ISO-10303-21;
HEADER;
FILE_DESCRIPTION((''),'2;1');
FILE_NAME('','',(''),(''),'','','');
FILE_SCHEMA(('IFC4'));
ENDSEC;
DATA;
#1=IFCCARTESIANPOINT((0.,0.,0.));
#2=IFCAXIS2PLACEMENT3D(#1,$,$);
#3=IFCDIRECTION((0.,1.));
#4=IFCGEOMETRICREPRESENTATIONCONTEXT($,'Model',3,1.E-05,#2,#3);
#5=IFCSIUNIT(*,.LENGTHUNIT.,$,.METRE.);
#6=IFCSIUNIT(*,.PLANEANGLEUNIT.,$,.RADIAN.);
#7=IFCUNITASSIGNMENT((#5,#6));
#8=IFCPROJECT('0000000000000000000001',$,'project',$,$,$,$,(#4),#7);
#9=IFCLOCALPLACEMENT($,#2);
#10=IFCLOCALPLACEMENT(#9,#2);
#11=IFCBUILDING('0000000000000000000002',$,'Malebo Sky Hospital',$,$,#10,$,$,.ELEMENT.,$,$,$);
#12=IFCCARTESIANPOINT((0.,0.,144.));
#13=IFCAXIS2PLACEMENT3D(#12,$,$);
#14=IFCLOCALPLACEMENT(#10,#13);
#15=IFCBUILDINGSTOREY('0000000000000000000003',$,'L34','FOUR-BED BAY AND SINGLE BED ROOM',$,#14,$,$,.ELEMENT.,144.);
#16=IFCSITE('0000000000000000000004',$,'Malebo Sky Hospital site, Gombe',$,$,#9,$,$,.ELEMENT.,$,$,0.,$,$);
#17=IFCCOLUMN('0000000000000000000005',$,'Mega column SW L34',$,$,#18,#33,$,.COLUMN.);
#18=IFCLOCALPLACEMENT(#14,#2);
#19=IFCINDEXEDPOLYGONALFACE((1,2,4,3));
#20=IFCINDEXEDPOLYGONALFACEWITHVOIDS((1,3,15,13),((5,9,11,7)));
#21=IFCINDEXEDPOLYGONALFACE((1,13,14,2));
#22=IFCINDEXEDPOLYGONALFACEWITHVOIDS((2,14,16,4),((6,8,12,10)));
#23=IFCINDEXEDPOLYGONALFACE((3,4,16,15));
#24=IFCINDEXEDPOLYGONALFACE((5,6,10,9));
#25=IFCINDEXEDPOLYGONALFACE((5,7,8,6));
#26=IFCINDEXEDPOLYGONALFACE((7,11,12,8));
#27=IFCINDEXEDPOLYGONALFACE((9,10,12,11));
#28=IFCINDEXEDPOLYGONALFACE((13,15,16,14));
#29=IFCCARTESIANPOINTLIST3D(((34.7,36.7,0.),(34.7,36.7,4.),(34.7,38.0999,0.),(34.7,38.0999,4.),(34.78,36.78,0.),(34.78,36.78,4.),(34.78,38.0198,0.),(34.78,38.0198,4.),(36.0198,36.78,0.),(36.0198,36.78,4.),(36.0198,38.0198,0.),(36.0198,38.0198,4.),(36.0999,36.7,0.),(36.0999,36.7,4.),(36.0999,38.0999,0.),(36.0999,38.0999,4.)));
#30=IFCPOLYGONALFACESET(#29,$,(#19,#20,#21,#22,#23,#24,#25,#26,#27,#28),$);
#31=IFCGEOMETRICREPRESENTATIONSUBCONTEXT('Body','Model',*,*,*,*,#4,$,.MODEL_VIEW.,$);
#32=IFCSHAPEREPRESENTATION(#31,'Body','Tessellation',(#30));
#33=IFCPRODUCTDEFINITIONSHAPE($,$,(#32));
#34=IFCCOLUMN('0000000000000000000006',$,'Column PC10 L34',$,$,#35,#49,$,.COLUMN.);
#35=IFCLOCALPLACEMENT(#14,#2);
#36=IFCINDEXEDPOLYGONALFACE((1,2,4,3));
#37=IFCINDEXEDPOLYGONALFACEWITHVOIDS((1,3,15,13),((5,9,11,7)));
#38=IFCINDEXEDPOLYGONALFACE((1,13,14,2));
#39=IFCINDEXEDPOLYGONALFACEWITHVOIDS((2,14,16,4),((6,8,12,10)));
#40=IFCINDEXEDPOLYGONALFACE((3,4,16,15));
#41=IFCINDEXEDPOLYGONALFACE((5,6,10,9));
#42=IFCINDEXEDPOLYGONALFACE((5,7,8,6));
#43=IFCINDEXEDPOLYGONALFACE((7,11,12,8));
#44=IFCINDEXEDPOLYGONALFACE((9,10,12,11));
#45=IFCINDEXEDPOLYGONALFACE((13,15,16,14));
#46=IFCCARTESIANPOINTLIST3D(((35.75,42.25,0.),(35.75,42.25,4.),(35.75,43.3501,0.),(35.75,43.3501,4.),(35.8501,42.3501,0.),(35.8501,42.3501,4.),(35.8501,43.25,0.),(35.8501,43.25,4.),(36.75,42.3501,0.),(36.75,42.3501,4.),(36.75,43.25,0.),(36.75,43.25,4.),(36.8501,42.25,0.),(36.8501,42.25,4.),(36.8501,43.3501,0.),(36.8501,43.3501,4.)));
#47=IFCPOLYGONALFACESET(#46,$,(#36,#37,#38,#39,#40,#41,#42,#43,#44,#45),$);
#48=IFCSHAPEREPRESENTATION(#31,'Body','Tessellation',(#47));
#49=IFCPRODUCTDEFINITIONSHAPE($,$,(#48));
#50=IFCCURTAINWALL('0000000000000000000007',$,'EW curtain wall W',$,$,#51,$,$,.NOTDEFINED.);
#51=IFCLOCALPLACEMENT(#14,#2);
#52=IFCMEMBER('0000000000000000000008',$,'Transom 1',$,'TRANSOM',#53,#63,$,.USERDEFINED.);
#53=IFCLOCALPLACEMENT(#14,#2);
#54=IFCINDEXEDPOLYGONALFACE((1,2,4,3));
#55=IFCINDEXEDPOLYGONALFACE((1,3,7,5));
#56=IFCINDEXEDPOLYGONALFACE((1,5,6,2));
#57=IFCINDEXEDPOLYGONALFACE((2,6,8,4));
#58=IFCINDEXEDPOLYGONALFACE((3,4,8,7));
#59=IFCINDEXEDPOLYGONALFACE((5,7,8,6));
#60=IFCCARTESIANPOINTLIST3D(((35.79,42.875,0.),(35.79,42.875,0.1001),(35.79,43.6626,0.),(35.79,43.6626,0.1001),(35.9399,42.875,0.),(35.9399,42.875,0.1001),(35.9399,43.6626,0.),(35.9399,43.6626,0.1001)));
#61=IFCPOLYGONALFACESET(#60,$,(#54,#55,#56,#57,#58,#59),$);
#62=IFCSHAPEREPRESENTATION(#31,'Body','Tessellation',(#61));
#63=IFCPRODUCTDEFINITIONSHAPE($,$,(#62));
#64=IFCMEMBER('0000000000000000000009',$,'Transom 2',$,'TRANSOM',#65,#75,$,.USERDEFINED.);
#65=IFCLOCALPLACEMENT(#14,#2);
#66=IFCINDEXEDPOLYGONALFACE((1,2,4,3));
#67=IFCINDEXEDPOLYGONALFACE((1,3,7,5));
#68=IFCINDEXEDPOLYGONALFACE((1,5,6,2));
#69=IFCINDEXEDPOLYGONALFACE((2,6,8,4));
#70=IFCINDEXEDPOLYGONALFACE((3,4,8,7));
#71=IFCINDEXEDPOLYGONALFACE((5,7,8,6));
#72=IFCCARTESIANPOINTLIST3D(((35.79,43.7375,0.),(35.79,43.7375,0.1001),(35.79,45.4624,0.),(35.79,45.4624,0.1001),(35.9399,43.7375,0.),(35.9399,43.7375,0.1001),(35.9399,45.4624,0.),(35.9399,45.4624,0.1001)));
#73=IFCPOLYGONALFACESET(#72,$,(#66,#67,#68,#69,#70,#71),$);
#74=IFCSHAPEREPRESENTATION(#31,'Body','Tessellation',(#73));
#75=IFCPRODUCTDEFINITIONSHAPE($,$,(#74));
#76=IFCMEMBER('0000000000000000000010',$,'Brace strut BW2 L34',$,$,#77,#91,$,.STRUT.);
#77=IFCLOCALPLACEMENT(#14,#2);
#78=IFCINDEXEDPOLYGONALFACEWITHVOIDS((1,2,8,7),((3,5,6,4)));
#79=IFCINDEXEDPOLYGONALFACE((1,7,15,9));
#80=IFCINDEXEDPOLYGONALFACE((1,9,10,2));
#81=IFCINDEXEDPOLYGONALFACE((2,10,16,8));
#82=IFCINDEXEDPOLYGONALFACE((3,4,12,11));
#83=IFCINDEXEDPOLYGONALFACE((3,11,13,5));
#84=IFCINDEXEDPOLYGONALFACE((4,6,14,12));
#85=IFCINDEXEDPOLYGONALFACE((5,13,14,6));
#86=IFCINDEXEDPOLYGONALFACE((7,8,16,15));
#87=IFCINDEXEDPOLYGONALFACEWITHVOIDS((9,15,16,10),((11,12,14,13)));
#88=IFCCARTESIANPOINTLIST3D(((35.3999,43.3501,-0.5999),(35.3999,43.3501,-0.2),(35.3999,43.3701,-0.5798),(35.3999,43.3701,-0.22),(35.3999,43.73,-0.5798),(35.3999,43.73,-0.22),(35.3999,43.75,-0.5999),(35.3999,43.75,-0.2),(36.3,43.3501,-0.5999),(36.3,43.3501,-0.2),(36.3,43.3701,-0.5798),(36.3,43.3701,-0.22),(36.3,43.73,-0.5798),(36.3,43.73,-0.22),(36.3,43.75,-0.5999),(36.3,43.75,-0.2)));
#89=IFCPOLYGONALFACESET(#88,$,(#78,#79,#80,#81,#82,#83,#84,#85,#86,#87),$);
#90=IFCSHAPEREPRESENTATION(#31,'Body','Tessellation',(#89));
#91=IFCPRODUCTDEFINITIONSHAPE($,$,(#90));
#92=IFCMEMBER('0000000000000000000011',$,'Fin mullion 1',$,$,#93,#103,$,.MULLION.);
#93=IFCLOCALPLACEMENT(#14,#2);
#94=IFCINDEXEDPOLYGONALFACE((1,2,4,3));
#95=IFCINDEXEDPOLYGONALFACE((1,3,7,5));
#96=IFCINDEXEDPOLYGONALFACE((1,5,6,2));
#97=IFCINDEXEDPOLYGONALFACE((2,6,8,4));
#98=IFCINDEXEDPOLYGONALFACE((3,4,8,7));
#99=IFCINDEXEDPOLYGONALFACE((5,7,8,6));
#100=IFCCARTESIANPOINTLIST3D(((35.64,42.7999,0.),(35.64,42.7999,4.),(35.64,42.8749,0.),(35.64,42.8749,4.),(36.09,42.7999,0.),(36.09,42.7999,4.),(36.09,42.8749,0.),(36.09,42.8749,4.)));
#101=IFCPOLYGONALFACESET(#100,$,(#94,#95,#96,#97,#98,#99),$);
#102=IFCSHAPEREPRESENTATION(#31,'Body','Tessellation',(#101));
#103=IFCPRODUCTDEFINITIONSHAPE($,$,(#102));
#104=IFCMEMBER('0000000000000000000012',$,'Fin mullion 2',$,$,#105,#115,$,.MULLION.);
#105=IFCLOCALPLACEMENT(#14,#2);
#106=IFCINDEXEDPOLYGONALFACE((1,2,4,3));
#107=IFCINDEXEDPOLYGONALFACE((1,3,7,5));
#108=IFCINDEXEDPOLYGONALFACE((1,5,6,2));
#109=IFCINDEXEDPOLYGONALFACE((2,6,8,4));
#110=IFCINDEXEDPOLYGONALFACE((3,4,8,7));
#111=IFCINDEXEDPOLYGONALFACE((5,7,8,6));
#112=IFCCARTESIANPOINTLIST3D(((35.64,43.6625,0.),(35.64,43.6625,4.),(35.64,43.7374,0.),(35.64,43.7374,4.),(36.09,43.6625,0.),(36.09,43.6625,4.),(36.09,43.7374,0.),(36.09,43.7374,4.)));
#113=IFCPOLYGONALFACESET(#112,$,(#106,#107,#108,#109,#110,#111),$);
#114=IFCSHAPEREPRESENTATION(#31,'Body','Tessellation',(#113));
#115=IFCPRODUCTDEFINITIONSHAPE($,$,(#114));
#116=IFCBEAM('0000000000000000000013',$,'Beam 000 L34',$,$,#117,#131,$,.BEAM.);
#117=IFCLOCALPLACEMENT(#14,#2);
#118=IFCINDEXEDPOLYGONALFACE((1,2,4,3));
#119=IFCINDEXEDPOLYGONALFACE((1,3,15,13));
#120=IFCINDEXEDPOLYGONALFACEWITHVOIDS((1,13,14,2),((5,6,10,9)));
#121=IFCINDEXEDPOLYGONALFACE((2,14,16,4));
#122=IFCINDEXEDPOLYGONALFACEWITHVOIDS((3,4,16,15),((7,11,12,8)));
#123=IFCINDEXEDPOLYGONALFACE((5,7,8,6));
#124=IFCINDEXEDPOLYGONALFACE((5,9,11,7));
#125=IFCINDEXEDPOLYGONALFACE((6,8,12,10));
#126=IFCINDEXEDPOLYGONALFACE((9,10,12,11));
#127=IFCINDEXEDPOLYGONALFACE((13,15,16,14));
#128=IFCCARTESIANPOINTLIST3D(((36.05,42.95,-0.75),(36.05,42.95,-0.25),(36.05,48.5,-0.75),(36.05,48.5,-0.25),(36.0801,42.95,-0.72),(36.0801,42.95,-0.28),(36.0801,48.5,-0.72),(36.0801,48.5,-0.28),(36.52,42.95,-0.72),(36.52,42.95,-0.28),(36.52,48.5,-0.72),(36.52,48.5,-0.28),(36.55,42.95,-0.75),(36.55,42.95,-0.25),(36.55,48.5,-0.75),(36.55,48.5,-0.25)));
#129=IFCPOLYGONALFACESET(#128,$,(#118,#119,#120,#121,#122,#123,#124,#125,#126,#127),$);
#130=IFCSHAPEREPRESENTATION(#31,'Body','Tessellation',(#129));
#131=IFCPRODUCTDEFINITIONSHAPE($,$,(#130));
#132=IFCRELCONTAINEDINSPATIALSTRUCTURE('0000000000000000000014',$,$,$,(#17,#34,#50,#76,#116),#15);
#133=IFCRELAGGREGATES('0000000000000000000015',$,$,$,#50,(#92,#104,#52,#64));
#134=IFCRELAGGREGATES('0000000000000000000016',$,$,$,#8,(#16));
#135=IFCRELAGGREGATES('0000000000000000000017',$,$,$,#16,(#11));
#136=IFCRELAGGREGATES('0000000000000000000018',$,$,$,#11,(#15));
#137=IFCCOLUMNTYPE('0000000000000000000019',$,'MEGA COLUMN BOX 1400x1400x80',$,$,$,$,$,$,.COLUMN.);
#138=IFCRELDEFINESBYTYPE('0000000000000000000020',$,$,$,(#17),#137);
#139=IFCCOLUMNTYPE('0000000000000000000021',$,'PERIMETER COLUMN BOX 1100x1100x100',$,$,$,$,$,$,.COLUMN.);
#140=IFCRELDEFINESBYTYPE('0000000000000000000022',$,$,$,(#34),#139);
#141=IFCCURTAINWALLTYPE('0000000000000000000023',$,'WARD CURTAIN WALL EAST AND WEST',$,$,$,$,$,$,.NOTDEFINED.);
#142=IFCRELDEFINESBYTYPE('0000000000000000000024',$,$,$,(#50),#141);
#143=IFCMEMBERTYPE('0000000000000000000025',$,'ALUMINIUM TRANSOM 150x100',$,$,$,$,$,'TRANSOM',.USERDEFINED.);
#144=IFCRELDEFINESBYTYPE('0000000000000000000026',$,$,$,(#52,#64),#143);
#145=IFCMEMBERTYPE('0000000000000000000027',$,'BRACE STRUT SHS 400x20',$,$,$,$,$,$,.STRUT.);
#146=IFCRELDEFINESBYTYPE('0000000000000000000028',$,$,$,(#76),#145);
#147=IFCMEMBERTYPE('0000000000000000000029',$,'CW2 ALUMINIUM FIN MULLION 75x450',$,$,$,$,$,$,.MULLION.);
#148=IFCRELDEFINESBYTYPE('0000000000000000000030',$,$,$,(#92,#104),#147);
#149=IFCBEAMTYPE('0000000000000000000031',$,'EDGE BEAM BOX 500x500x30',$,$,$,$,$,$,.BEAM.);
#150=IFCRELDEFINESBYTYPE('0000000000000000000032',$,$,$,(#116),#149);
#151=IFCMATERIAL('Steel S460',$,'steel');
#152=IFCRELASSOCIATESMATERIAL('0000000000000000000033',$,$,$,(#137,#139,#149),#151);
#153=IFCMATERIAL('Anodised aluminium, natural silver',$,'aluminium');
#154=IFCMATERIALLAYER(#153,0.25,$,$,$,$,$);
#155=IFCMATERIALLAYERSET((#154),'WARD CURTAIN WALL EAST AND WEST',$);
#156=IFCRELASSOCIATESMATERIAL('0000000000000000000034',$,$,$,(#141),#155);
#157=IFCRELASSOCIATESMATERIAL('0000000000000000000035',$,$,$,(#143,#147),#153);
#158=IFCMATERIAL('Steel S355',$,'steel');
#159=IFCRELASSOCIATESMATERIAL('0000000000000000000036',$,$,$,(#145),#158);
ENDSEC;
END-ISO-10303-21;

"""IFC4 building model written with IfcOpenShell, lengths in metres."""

from ifc_helpers import new_model, si_unit, direction, frame, origin, origin_2d, place, context, subcontext, project, spatial, rectangle, hollow_rectangle, extrude, material, layer, layer_set, material_profile, profile_set, type_object, element, aggregate, save


model = new_model("IFC4")

# Units and contexts
model_context = context("Model", 3, precision=1e-05, world=origin(), true_north=direction((0.0, 1.0)))
body_context = subcontext(model_context, "Body", "Model", "MODEL_VIEW")
ifc_project = project(units=[si_unit("LENGTHUNIT", "METRE"), si_unit("PLANEANGLEUNIT", "RADIAN")], contexts=[model_context])

# Site, building, storey
site_placement = place(None, origin())
site = spatial("IfcSite", under=ifc_project, at=site_placement, Name="Malebo Sky Hospital site, Gombe", CompositionType="ELEMENT", RefElevation=0.0)
building_placement = place(site_placement, origin())
building = spatial("IfcBuilding", under=site, at=building_placement, Name="Malebo Sky Hospital", CompositionType="ELEMENT")
storey_placement = place(building_placement, frame((0.0, 0.0, 144.0)))
storey = spatial("IfcBuildingStorey", under=building, at=storey_placement, Name="L34", Description="FOUR-BED BAY AND SINGLE BED ROOM", CompositionType="ELEMENT", Elevation=144.0)

# Columns
ifc_material_1 = material(Name="Steel S460", Category="steel")
ifc_material_profile_1 = material_profile(ifc_material_1, hollow_rectangle(XDim=1.3999, YDim=1.3999, WallThickness=0.0801, at=origin_2d()), Name="BOX 1400x1400x80")
ifc_profile_set_1 = profile_set([ifc_material_profile_1], Name="Steel S460")
column_type_1 = type_object("IfcColumnType", Name="MEGA COLUMN BOX 1400x1400x80", PredefinedType="COLUMN", material=ifc_profile_set_1)
column_1_placement = place(storey_placement, frame((35.3999, 37.3999, 0.0), z_axis=(0.0, 0.0, 1.0), x_axis=(1.0, 0.0, 0.0)))
element("IfcColumn", 1, at=column_1_placement, inside=storey, type_object=column_type_1, Name="Mega column SW L34", PredefinedType="COLUMN", context=body_context, shape_type="SweptSolid", body=[
    extrude(hollow_rectangle(XDim=1.3999, YDim=1.3999, WallThickness=0.0801, at=origin_2d()), origin(), (0.0, 0.0, 1.0), 4.0),
])
ifc_material_profile_2 = material_profile(ifc_material_1, hollow_rectangle(XDim=1.1001, YDim=1.1001, WallThickness=0.1001, at=origin_2d()), Name="BOX 1100x1100x100")
ifc_profile_set_2 = profile_set([ifc_material_profile_2], Name="Steel S460")
column_type_2 = type_object("IfcColumnType", Name="PERIMETER COLUMN BOX 1100x1100x100", PredefinedType="COLUMN", material=ifc_profile_set_2)
column_2_placement = place(storey_placement, frame((36.3, 42.8, 0.0), z_axis=(0.0, 0.0, 1.0), x_axis=(1.0, 0.0, 0.0)))
element("IfcColumn", 2, at=column_2_placement, inside=storey, type_object=column_type_2, Name="Column PC10 L34", PredefinedType="COLUMN", context=body_context, shape_type="SweptSolid", body=[
    extrude(hollow_rectangle(XDim=1.1001, YDim=1.1001, WallThickness=0.1001, at=origin_2d()), origin(), (0.0, 0.0, 1.0), 4.0),
])

# Curtain wall, members
ifc_material_2 = material(Name="Anodised aluminium, natural silver", Category="aluminium")
ifc_layer_1 = layer(ifc_material_2, 0.25)
ifc_layer_set_1 = layer_set([ifc_layer_1], Name="WARD CURTAIN WALL EAST AND WEST")
curtain_wall_type = type_object("IfcCurtainWallType", Name="WARD CURTAIN WALL EAST AND WEST", PredefinedType="NOTDEFINED", material=ifc_layer_set_1)
curtain_wall_placement = place(storey_placement, origin())
curtain_wall = element("IfcCurtainWall", 3, at=curtain_wall_placement, inside=storey, type_object=curtain_wall_type, Name="EW curtain wall W", PredefinedType="NOTDEFINED")
ifc_material_profile_3 = material_profile(ifc_material_2, rectangle(XDim=0.1499, YDim=0.1001, at=origin_2d()), Name="ALUMINIUM TRANSOM 150x100")
ifc_profile_set_3 = profile_set([ifc_material_profile_3], Name="Anodised aluminium, natural silver")
member_type_1 = type_object("IfcMemberType", Name="ALUMINIUM TRANSOM 150x100", ElementType="TRANSOM", PredefinedType="USERDEFINED", material=ifc_profile_set_3)
member_1_placement = place(storey_placement, frame((35.865, 42.875, 0.05), z_axis=(0.0, 1.0, 0.0), x_axis=(-1.0, 0.0, 0.0)))
member_1 = element("IfcMember", 4, at=member_1_placement, type_object=member_type_1, Name="Transom 1", ObjectType="TRANSOM", PredefinedType="USERDEFINED", context=body_context, shape_type="SweptSolid", body=[
    extrude(rectangle(XDim=0.1499, YDim=0.1001, at=origin_2d()), origin(), (0.0, 0.0, 1.0), 0.7876),
])
member_2_placement = place(storey_placement, frame((35.865, 43.7375, 0.05), z_axis=(0.0, 1.0, 0.0), x_axis=(-1.0, 0.0, 0.0)))
member_2 = element("IfcMember", 5, at=member_2_placement, type_object=member_type_1, Name="Transom 2", ObjectType="TRANSOM", PredefinedType="USERDEFINED", context=body_context, shape_type="SweptSolid", body=[
    extrude(rectangle(XDim=0.1499, YDim=0.1001, at=origin_2d()), origin(), (0.0, 0.0, 1.0), 1.7249),
])

# Members
ifc_material_3 = material(Name="Steel S355", Category="steel")
ifc_material_profile_4 = material_profile(ifc_material_3, hollow_rectangle(XDim=0.3999, YDim=0.3999, WallThickness=0.02, at=origin_2d()), Name="SHS 400x20")
ifc_profile_set_4 = profile_set([ifc_material_profile_4], Name="Steel S355")
member_type_2 = type_object("IfcMemberType", Name="BRACE STRUT SHS 400x20", PredefinedType="STRUT", material=ifc_profile_set_4)
member_3_placement = place(storey_placement, frame((35.3999, 43.55, -0.3999), z_axis=(1.0, 0.0, 0.0), x_axis=(0.0, 1.0, 0.0)))
element("IfcMember", 6, at=member_3_placement, inside=storey, type_object=member_type_2, Name="Brace strut BW2 L34", PredefinedType="STRUT", context=body_context, shape_type="SweptSolid", body=[
    extrude(hollow_rectangle(XDim=0.3999, YDim=0.3999, WallThickness=0.02, at=origin_2d()), origin(), (0.0, 0.0, 1.0), 0.9001),
])
ifc_material_profile_5 = material_profile(ifc_material_2, rectangle(XDim=0.075, YDim=0.45, at=origin_2d()), Name="CW2 ALUMINIUM FIN MULLION 75x450")
ifc_profile_set_5 = profile_set([ifc_material_profile_5], Name="Anodised aluminium, natural silver")
member_type_3 = type_object("IfcMemberType", Name="CW2 ALUMINIUM FIN MULLION 75x450", PredefinedType="MULLION", material=ifc_profile_set_5)
member_4_placement = place(storey_placement, frame((35.865, 42.8374, 0.0), z_axis=(0.0, 0.0, 1.0), x_axis=(0.0, 1.0, 0.0)))
member_4 = element("IfcMember", 7, at=member_4_placement, type_object=member_type_3, Name="Fin mullion 1", PredefinedType="MULLION", context=body_context, shape_type="SweptSolid", body=[
    extrude(rectangle(XDim=0.075, YDim=0.45, at=origin_2d()), origin(), (0.0, 0.0, 1.0), 4.0),
])
member_5_placement = place(storey_placement, frame((35.865, 43.7, 0.0), z_axis=(0.0, 0.0, 1.0), x_axis=(0.0, 1.0, 0.0)))
member_5 = element("IfcMember", 8, at=member_5_placement, type_object=member_type_3, Name="Fin mullion 2", PredefinedType="MULLION", context=body_context, shape_type="SweptSolid", body=[
    extrude(rectangle(XDim=0.075, YDim=0.45, at=origin_2d()), origin(), (0.0, 0.0, 1.0), 4.0),
])

# Beam
ifc_material_profile_6 = material_profile(ifc_material_1, hollow_rectangle(XDim=0.5, YDim=0.5, WallThickness=0.03, at=origin_2d()), Name="BOX 500x500x30")
ifc_profile_set_6 = profile_set([ifc_material_profile_6], Name="Steel S460")
beam_type = type_object("IfcBeamType", Name="EDGE BEAM BOX 500x500x30", PredefinedType="BEAM", material=ifc_profile_set_6)
beam_placement = place(storey_placement, frame((36.3, 42.95, -0.5), z_axis=(0.0, 1.0, 0.0), x_axis=(-1.0, 0.0, 0.0)))
element("IfcBeam", 9, at=beam_placement, inside=storey, type_object=beam_type, Name="Beam 000 L34", PredefinedType="BEAM", context=body_context, shape_type="SweptSolid", body=[
    extrude(hollow_rectangle(XDim=0.5, YDim=0.5, WallThickness=0.03, at=origin_2d()), origin(), (0.0, 0.0, 1.0), 5.55),
])

aggregate(curtain_wall, [member_4, member_5, member_1, member_2])

save(model, "model.ifc")
